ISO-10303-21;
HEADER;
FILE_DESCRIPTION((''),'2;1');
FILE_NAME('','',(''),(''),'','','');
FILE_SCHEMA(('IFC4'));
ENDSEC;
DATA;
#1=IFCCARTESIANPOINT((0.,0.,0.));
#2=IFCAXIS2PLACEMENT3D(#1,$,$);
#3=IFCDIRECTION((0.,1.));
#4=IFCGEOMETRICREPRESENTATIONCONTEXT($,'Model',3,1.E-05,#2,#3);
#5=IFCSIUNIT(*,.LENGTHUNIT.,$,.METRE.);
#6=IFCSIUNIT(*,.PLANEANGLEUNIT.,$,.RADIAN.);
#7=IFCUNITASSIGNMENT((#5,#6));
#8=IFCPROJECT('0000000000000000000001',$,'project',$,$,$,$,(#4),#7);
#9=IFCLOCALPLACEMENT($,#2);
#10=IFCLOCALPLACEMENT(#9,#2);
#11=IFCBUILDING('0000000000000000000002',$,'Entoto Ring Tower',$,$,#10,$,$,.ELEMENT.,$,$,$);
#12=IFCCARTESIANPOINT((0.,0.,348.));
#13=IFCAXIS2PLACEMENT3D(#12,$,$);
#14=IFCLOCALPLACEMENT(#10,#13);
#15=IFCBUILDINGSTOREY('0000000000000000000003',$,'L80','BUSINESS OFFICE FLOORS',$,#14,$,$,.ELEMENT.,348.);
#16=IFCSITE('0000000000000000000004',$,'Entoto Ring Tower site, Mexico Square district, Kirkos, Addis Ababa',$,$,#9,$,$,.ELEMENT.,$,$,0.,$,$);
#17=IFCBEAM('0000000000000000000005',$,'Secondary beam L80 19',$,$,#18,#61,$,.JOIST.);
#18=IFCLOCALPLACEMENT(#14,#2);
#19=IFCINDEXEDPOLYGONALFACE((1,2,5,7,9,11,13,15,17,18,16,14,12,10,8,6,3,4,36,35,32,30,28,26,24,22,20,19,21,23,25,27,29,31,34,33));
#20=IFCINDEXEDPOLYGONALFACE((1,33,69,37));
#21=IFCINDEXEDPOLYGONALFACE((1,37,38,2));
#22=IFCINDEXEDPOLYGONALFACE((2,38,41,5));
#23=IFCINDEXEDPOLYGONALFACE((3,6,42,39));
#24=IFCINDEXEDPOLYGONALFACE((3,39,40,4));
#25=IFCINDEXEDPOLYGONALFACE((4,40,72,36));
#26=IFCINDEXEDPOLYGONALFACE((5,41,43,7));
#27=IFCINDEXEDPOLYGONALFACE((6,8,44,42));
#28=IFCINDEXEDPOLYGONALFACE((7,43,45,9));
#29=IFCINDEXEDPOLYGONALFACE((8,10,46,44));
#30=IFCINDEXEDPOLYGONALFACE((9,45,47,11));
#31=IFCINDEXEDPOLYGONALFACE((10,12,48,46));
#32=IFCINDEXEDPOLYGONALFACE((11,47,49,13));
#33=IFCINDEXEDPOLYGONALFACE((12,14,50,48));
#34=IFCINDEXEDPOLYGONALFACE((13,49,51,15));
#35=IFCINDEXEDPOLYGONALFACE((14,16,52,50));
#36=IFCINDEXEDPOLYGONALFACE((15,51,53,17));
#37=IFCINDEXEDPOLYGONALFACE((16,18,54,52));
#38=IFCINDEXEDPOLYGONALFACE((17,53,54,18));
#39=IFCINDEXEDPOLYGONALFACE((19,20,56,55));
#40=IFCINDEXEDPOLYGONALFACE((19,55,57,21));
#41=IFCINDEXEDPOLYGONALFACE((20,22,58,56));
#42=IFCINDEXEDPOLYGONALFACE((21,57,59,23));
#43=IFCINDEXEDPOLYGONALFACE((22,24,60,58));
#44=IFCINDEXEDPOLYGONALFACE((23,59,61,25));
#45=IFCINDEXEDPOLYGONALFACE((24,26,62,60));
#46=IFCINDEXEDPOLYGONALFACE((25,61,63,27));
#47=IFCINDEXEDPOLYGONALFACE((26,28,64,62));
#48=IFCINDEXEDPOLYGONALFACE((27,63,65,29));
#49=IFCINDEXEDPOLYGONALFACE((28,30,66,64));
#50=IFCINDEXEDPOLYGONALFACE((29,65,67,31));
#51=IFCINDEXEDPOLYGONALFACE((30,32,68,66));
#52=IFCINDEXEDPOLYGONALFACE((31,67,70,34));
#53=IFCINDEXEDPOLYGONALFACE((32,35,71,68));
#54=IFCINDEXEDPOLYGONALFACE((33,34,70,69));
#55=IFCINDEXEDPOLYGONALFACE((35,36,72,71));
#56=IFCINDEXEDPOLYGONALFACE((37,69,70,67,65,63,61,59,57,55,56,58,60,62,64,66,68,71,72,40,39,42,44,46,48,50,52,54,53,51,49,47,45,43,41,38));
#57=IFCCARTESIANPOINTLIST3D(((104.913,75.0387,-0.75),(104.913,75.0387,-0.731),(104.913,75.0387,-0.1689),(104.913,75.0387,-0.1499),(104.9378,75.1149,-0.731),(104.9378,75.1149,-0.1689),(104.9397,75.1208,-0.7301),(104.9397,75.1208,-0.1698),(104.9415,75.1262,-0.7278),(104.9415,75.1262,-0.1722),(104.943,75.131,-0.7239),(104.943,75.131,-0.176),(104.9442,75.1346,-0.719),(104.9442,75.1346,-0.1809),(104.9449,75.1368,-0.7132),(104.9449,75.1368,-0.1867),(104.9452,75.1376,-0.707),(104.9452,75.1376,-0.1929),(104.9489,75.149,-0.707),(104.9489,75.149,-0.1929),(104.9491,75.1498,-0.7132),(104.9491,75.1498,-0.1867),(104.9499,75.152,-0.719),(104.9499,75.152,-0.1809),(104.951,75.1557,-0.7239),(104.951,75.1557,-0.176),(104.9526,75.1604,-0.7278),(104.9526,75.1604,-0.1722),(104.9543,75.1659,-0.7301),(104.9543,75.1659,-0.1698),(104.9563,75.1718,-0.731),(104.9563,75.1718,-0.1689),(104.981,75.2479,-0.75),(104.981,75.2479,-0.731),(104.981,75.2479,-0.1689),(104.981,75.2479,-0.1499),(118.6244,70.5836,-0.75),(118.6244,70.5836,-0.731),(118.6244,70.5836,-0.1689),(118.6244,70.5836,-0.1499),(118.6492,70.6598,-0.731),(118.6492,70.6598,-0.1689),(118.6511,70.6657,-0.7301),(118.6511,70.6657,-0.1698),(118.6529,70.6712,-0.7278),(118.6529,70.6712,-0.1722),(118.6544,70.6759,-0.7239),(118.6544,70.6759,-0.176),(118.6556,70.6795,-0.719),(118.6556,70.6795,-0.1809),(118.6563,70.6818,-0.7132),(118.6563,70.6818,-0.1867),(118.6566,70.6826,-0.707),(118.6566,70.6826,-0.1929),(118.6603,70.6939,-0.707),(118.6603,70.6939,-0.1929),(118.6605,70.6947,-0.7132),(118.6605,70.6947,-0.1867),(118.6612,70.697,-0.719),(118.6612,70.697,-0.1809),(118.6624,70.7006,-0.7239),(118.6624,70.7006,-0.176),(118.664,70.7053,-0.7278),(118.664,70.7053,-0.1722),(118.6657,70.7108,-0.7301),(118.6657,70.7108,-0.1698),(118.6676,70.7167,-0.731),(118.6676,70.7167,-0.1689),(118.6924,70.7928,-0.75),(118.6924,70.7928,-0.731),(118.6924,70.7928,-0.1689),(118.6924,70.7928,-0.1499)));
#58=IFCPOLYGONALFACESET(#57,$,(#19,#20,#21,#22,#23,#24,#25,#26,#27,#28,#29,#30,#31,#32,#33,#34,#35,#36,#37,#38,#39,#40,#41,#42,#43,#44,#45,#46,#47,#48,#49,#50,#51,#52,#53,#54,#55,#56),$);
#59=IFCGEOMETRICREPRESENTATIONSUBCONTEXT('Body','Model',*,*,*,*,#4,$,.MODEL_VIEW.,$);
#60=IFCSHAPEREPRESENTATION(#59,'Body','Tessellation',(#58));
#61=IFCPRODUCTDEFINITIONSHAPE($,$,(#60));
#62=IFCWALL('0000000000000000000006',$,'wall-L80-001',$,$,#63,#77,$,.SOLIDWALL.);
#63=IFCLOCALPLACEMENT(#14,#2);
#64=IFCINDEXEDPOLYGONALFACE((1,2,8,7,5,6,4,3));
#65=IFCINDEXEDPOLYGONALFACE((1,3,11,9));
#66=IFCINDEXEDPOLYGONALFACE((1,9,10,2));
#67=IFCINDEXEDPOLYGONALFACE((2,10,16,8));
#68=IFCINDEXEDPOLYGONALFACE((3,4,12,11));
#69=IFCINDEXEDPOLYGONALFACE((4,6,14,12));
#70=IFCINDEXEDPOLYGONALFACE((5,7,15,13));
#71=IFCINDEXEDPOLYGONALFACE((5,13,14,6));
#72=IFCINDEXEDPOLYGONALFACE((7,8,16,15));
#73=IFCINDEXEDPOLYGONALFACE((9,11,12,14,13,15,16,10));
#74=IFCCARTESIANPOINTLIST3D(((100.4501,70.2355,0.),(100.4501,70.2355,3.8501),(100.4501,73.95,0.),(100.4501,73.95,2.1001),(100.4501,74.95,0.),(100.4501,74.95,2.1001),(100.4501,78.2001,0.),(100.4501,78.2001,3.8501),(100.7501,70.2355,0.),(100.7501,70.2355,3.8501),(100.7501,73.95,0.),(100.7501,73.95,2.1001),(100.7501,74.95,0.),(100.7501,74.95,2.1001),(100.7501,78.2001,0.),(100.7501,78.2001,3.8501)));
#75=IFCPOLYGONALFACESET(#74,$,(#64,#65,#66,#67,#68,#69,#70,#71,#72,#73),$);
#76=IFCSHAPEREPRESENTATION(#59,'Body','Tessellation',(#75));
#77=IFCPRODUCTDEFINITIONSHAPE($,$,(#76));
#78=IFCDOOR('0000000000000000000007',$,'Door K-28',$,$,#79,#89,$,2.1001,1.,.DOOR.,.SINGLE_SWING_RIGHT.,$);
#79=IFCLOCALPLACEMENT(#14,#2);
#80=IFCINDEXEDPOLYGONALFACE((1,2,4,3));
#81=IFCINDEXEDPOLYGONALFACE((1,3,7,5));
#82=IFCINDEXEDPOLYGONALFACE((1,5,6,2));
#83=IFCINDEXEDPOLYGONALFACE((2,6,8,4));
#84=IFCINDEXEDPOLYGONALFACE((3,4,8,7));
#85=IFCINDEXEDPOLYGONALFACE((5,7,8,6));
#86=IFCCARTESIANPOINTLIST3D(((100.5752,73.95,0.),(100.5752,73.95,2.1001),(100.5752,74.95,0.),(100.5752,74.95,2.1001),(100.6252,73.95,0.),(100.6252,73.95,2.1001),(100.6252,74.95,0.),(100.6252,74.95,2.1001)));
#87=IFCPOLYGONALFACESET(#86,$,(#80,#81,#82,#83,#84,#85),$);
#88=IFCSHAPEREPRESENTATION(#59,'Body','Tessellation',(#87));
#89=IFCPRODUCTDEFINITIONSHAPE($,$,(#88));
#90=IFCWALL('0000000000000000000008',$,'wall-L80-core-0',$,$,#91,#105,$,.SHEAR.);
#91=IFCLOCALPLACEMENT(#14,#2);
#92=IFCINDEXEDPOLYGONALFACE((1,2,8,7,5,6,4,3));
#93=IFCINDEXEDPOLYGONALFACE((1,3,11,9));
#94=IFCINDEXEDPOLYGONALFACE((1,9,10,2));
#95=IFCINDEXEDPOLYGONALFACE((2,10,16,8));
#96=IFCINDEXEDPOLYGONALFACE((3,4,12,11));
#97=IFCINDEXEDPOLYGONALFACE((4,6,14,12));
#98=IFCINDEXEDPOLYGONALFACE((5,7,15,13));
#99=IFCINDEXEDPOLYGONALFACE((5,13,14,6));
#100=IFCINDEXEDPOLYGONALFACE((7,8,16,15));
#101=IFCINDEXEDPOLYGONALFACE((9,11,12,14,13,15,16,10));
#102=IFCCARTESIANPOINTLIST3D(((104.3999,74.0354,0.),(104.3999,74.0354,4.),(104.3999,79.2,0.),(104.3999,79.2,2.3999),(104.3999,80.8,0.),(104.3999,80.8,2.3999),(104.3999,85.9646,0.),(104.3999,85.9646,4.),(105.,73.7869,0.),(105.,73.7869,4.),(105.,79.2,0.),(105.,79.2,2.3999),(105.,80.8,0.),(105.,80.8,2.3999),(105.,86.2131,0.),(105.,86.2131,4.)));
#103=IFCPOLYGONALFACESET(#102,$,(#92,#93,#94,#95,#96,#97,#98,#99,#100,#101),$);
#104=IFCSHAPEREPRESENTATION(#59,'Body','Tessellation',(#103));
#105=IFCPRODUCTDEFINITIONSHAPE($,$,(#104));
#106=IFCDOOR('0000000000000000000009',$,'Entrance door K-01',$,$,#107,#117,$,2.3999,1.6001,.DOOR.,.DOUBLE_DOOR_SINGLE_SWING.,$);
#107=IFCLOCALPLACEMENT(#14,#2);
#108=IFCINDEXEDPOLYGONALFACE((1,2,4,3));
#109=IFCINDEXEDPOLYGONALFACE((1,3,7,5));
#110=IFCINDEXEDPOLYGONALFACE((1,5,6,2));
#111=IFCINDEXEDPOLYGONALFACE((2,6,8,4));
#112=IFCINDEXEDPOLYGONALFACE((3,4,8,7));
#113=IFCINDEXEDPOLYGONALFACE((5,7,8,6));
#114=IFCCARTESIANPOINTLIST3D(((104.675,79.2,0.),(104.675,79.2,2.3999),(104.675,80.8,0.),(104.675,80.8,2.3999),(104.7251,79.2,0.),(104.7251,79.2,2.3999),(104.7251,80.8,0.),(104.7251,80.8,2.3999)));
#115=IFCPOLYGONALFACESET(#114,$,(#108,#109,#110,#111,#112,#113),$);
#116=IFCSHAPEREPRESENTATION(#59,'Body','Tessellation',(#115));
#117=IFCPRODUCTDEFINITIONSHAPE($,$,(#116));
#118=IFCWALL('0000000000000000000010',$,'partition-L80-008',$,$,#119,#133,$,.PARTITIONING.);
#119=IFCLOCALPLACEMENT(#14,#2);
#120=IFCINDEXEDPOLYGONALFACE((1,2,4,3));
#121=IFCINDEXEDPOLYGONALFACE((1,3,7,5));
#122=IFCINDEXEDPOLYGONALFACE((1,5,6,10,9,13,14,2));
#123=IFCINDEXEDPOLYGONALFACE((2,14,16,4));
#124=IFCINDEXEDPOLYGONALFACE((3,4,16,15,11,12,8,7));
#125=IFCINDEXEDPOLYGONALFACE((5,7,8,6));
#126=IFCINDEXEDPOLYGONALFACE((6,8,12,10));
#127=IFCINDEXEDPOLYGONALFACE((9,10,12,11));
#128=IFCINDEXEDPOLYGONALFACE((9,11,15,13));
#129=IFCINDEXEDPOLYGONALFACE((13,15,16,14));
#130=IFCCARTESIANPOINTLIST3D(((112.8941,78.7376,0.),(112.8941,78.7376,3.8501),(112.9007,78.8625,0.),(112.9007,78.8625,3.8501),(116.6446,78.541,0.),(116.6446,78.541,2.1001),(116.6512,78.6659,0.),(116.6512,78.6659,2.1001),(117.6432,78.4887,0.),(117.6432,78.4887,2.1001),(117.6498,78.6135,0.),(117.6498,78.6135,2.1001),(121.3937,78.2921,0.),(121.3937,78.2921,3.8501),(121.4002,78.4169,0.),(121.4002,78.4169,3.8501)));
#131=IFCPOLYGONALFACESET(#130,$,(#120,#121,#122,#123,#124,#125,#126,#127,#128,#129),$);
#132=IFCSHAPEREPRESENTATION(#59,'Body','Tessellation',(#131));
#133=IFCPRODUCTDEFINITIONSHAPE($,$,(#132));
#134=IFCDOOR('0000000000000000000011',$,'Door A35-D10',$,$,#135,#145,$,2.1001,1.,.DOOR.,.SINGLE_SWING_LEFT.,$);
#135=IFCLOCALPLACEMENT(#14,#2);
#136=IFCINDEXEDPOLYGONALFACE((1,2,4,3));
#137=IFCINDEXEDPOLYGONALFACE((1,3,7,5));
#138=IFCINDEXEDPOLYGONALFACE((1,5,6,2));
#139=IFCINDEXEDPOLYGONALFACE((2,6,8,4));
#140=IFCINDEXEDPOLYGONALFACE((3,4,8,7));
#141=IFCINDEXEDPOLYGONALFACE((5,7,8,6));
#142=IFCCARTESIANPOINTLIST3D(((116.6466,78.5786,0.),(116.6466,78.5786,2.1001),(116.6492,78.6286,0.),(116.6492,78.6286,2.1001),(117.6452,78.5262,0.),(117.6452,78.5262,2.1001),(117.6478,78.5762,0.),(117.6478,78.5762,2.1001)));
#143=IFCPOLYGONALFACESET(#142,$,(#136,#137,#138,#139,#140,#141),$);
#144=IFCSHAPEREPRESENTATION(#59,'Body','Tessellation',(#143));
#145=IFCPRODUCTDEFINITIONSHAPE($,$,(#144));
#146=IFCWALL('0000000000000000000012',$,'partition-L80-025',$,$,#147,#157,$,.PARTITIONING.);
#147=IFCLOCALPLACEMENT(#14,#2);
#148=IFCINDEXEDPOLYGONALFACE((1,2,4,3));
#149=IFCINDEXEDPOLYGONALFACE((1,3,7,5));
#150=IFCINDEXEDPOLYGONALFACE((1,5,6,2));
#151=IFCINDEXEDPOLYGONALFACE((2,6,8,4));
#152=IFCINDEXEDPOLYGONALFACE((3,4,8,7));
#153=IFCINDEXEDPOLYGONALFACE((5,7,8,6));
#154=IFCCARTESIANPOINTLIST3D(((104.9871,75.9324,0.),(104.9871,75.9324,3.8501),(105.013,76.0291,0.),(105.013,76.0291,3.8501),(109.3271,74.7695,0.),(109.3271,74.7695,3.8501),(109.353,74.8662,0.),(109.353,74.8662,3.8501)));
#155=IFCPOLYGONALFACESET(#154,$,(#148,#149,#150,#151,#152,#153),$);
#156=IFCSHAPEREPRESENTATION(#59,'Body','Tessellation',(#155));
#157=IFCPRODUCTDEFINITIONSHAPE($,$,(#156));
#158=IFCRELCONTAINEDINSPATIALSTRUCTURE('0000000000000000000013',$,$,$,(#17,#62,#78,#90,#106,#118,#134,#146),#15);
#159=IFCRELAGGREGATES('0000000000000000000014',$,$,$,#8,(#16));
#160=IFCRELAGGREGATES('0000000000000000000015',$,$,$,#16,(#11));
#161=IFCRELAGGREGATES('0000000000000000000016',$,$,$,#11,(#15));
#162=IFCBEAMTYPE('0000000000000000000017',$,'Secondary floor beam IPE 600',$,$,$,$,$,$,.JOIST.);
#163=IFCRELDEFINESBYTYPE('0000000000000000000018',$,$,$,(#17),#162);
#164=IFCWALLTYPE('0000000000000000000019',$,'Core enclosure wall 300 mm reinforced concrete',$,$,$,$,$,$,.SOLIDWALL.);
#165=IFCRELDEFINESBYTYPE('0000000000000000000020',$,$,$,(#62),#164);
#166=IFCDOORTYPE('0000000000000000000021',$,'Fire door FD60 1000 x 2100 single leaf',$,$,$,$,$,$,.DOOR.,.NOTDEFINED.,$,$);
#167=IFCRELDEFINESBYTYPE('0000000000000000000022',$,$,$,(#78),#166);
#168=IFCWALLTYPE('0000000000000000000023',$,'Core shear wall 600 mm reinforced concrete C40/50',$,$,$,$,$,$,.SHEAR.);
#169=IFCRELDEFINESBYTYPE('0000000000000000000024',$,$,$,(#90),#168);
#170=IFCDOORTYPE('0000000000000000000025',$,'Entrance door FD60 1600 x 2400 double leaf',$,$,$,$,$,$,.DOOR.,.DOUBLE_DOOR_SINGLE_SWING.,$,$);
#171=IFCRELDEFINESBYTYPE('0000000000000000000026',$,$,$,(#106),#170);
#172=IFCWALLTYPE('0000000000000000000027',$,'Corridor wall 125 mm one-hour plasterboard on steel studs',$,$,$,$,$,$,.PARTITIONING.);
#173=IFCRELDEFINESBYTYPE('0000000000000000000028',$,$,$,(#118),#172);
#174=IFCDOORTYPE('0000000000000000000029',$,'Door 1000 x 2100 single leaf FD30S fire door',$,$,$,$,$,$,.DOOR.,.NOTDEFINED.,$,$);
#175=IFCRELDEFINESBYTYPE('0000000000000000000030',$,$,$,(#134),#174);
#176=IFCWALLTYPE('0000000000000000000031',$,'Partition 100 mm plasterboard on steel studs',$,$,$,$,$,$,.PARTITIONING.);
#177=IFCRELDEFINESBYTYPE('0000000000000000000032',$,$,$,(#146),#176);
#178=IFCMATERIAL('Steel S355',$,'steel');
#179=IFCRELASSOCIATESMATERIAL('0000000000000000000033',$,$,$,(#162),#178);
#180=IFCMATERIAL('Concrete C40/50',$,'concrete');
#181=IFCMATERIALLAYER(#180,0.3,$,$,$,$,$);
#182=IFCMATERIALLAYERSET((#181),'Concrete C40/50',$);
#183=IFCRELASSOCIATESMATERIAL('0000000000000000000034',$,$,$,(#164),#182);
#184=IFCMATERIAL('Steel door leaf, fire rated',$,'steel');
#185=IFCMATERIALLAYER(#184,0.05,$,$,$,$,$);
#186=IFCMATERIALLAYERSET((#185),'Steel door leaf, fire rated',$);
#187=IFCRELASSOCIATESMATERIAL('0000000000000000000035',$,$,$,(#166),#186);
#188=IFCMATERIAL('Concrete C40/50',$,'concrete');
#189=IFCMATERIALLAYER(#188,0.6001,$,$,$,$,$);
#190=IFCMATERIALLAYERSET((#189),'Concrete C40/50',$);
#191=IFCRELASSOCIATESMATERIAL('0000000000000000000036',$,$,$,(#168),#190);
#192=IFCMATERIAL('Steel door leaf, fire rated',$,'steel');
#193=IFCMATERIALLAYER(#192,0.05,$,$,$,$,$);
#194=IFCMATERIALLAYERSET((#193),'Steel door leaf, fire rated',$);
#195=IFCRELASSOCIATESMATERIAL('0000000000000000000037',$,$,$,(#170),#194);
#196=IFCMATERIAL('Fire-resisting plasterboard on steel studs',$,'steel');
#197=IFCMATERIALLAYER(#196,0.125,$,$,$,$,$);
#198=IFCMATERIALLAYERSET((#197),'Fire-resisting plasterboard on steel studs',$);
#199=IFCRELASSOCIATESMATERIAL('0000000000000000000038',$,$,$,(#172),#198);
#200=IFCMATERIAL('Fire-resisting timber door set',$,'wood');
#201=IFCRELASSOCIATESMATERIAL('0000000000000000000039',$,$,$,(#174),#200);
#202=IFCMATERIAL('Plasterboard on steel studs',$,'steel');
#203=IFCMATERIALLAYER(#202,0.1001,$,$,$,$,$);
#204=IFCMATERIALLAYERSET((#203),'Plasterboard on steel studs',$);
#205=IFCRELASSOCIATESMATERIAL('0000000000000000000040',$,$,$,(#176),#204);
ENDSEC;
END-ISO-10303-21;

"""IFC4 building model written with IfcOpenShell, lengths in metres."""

from ifc_helpers import new_model, si_unit, direction, frame, frame_2d, origin, origin_2d, place, context, subcontext, project, spatial, polyline, rectangle, i_section, outline, extrude, material, layer, layer_set, material_profile, profile_set, type_object, element, fill, save


model = new_model("IFC4")

# Units and contexts
model_context = context("Model", 3, precision=1e-05, world=origin(), true_north=direction((0.0, 1.0)))
body_context = subcontext(model_context, "Body", "Model", "MODEL_VIEW")
ifc_project = project(units=[si_unit("LENGTHUNIT", "METRE"), si_unit("PLANEANGLEUNIT", "RADIAN")], contexts=[model_context])

# Site, building, storey
site_placement = place(None, origin())
site = spatial("IfcSite", under=ifc_project, at=site_placement, Name="Entoto Ring Tower site, Mexico Square district, Kirkos, Addis Ababa", CompositionType="ELEMENT", RefElevation=0.0)
building_placement = place(site_placement, origin())
building = spatial("IfcBuilding", under=site, at=building_placement, Name="Entoto Ring Tower", CompositionType="ELEMENT")
storey_placement = place(building_placement, frame((0.0, 0.0, 348.0)))
storey = spatial("IfcBuildingStorey", under=building, at=storey_placement, Name="L80", Description="BUSINESS OFFICE FLOORS", CompositionType="ELEMENT", Elevation=348.0)

# Beam
ifc_material_1 = material(Name="Steel S355", Category="steel")
ifc_material_profile_1 = material_profile(ifc_material_1, i_section(OverallWidth=0.22, OverallDepth=0.6001, WebThickness=0.012, FlangeThickness=0.019, FilletRadius=0.0239, at=origin_2d()), Name="IPE 600")
ifc_profile_set_1 = profile_set([ifc_material_profile_1], Name="Steel S355")
beam_type_1 = type_object("IfcBeamType", Name="Secondary floor beam IPE 600", PredefinedType="JOIST", material=ifc_profile_set_1)
beam_1_placement = place(storey_placement, frame((104.947, 75.1433, -0.45), z_axis=(0.951057, -0.309015, 0.0), x_axis=(0.309015, 0.951057, 0.0)))
element("IfcBeam", 1, at=beam_1_placement, inside=storey, type_object=beam_type_1, Name="Secondary beam L80 19", PredefinedType="JOIST", context=body_context, shape_type="SweptSolid", body=[
    extrude(i_section(OverallWidth=0.22, OverallDepth=0.6001, WebThickness=0.012, FlangeThickness=0.019, FilletRadius=0.0239, at=origin_2d()), origin(), (0.0, 0.0, 1.0), 14.417),
])

# Walls, openings, doors
ifc_material_2 = material(Name="Concrete C40/50", Category="concrete")
ifc_layer_1 = layer(ifc_material_2, 0.3)
ifc_layer_set_1 = layer_set([ifc_layer_1], Name="Concrete C40/50")
wall_type_1 = type_object("IfcWallType", Name="Core enclosure wall 300 mm reinforced concrete", PredefinedType="SOLIDWALL", material=ifc_layer_set_1)
wall_1_placement = place(storey_placement, frame((100.6001, 70.2354, 0.0), z_axis=(0.0, 0.0, 1.0), x_axis=(0.0, 1.0, 0.0)))
wall_1 = element("IfcWall", 2, at=wall_1_placement, inside=storey, type_object=wall_type_1, Name="wall-L80-001", PredefinedType="SOLIDWALL", context=body_context, shape_type="SweptSolid", body=[
    extrude(rectangle(XDim=7.9646, YDim=0.3, at=frame_2d((3.9824, 0.0))), origin(), (0.0, 0.0, 1.0), 3.8501),
])
opening_1_placement = place(wall_1_placement, frame((3.7146, 0.0, 0.0)))
opening_1 = element("IfcOpeningElement", 3, at=opening_1_placement, cuts=wall_1, PredefinedType="OPENING", context=body_context, shape_type="SweptSolid", body=[
    extrude(rectangle(XDim=1.0, YDim=2.1001, at=frame_2d((0.5, 1.05))), frame((0.0, 0.1602, 0.0), z_axis=(0.0, -1.0, 0.0), x_axis=(1.0, 0.0, 0.0)), (0.0, 0.0, 1.0), 0.3201),
])
ifc_material_3 = material(Name="Steel door leaf, fire rated", Category="steel")
ifc_layer_2 = layer(ifc_material_3, 0.05)
ifc_layer_set_2 = layer_set([ifc_layer_2], Name="Steel door leaf, fire rated")
door_type_1 = type_object("IfcDoorType", Name="Fire door FD60 1000 x 2100 single leaf", OperationType="NOTDEFINED", PredefinedType="DOOR", material=ifc_layer_set_2)
door_1_placement = place(opening_1_placement, origin())
door_1 = element("IfcDoor", 4, at=door_1_placement, inside=storey, type_object=door_type_1, Name="Door K-28", OperationType="SINGLE_SWING_RIGHT", OverallHeight=2.1001, OverallWidth=1.0, PredefinedType="DOOR", context=body_context, shape_type="SweptSolid", body=[
    extrude(rectangle(XDim=1.0, YDim=2.1001, at=frame_2d((0.5, 1.05))), frame((0.0, 0.0249, 0.0), z_axis=(0.0, -1.0, 0.0), x_axis=(1.0, 0.0, 0.0)), (0.0, 0.0, 1.0), 0.05),
])
fill(opening_1, door_1)
ifc_material_4 = material(Name="Concrete C40/50", Category="concrete")
ifc_layer_3 = layer(ifc_material_4, 0.6001)
ifc_layer_set_3 = layer_set([ifc_layer_3], Name="Concrete C40/50")
wall_type_2 = type_object("IfcWallType", Name="Core shear wall 600 mm reinforced concrete C40/50", PredefinedType="SHEAR", material=ifc_layer_set_3)
wall_2_placement = place(storey_placement, frame((104.7, 73.9111, 0.0), z_axis=(0.0, 0.0, 1.0), x_axis=(0.0, 1.0, 0.0)))
wall_2 = element("IfcWall", 5, at=wall_2_placement, inside=storey, type_object=wall_type_2, Name="wall-L80-core-0", PredefinedType="SHEAR", context=body_context, shape_type="SweptSolid", body=[
    extrude(outline(polyline([(-0.1243, -0.3), (12.302, -0.3), (12.0535, 0.3), (0.1243, 0.3), (-0.1243, -0.3)])), origin(), (0.0, 0.0, 1.0), 4.0),
])
opening_2_placement = place(wall_2_placement, frame((5.2888, 0.0, 0.0)))
opening_2 = element("IfcOpeningElement", 6, at=opening_2_placement, cuts=wall_2, PredefinedType="OPENING", context=body_context, shape_type="SweptSolid", body=[
    extrude(rectangle(XDim=1.6001, YDim=2.3999, at=frame_2d((0.8, 1.2))), frame((0.0, 0.3101, 0.0), z_axis=(0.0, -1.0, 0.0), x_axis=(1.0, 0.0, 0.0)), (0.0, 0.0, 1.0), 0.6201),
])
ifc_material_5 = material(Name="Steel door leaf, fire rated", Category="steel")
ifc_layer_4 = layer(ifc_material_5, 0.05)
ifc_layer_set_4 = layer_set([ifc_layer_4], Name="Steel door leaf, fire rated")
door_type_2 = type_object("IfcDoorType", Name="Entrance door FD60 1600 x 2400 double leaf", OperationType="DOUBLE_DOOR_SINGLE_SWING", PredefinedType="DOOR", material=ifc_layer_set_4)
door_2_placement = place(opening_2_placement, origin())
door_2 = element("IfcDoor", 7, at=door_2_placement, inside=storey, type_object=door_type_2, Name="Entrance door K-01", OperationType="DOUBLE_DOOR_SINGLE_SWING", OverallHeight=2.3999, OverallWidth=1.6001, PredefinedType="DOOR", context=body_context, shape_type="SweptSolid", body=[
    extrude(rectangle(XDim=1.6001, YDim=2.3999, at=frame_2d((0.8, 1.2))), frame((0.0, 0.0249, 0.0), z_axis=(0.0, -1.0, 0.0), x_axis=(1.0, 0.0, 0.0)), (0.0, 0.0, 1.0), 0.05),
])
fill(opening_2, door_2)
ifc_material_6 = material(Name="Fire-resisting plasterboard on steel studs", Category="steel")
ifc_layer_5 = layer(ifc_material_6, 0.125)
ifc_layer_set_5 = layer_set([ifc_layer_5], Name="Fire-resisting plasterboard on steel studs")
wall_type_3 = type_object("IfcWallType", Name="Corridor wall 125 mm one-hour plasterboard on steel studs", PredefinedType="PARTITIONING", material=ifc_layer_set_5)
wall_3_placement = place(storey_placement, frame((121.397, 78.3545, 0.0), z_axis=(0.0, 0.0, 1.0), x_axis=(-0.998629, 0.05235, 0.0)))
wall_3 = element("IfcWall", 8, at=wall_3_placement, inside=storey, type_object=wall_type_3, Name="partition-L80-008", PredefinedType="PARTITIONING", context=body_context, shape_type="SweptSolid", body=[
    extrude(rectangle(XDim=8.5112, YDim=0.125, at=frame_2d((4.2556, 0.0))), origin(), (0.0, 0.0, 1.0), 3.8501),
])
opening_3_placement = place(wall_3_placement, frame((3.7556, 0.0, 0.0)))
opening_3 = element("IfcOpeningElement", 9, at=opening_3_placement, cuts=wall_3, PredefinedType="OPENING", context=body_context, shape_type="SweptSolid", body=[
    extrude(rectangle(XDim=1.0, YDim=2.1001, at=frame_2d((0.5, 1.05))), frame((0.0, 0.0725, 0.0), z_axis=(0.0, -1.0, 0.0), x_axis=(1.0, 0.0, 0.0)), (0.0, 0.0, 1.0), 0.145),
])
ifc_material_7 = material(Name="Fire-resisting timber door set", Category="wood")
door_type_3 = type_object("IfcDoorType", Name="Door 1000 x 2100 single leaf FD30S fire door", OperationType="NOTDEFINED", PredefinedType="DOOR", material=ifc_material_7)
door_3_placement = place(opening_3_placement, origin())
door_3 = element("IfcDoor", 10, at=door_3_placement, inside=storey, type_object=door_type_3, Name="Door A35-D10", OperationType="SINGLE_SWING_LEFT", OverallHeight=2.1001, OverallWidth=1.0, PredefinedType="DOOR", context=body_context, shape_type="SweptSolid", body=[
    extrude(rectangle(XDim=1.0, YDim=2.1001, at=frame_2d((0.5, 1.05))), frame((0.0, 0.0249, 0.0), z_axis=(0.0, -1.0, 0.0), x_axis=(1.0, 0.0, 0.0)), (0.0, 0.0, 1.0), 0.05),
])
fill(opening_3, door_3)

# Wall
ifc_material_8 = material(Name="Plasterboard on steel studs", Category="steel")
ifc_layer_6 = layer(ifc_material_8, 0.1001)
ifc_layer_set_6 = layer_set([ifc_layer_6], Name="Plasterboard on steel studs")
wall_type_4 = type_object("IfcWallType", Name="Partition 100 mm plasterboard on steel studs", PredefinedType="PARTITIONING", material=ifc_layer_set_6)
wall_4_placement = place(storey_placement, frame((109.3401, 74.8179, 0.0), z_axis=(0.0, 0.0, 1.0), x_axis=(-0.96593, 0.258802, 0.0)))
element("IfcWall", 11, at=wall_4_placement, inside=storey, type_object=wall_type_4, Name="partition-L80-025", PredefinedType="PARTITIONING", context=body_context, shape_type="SweptSolid", body=[
    extrude(rectangle(XDim=4.4932, YDim=0.1001, at=frame_2d((2.2466, 0.0))), origin(), (0.0, 0.0, 1.0), 3.8501),
])

save(model, "model.ifc")
